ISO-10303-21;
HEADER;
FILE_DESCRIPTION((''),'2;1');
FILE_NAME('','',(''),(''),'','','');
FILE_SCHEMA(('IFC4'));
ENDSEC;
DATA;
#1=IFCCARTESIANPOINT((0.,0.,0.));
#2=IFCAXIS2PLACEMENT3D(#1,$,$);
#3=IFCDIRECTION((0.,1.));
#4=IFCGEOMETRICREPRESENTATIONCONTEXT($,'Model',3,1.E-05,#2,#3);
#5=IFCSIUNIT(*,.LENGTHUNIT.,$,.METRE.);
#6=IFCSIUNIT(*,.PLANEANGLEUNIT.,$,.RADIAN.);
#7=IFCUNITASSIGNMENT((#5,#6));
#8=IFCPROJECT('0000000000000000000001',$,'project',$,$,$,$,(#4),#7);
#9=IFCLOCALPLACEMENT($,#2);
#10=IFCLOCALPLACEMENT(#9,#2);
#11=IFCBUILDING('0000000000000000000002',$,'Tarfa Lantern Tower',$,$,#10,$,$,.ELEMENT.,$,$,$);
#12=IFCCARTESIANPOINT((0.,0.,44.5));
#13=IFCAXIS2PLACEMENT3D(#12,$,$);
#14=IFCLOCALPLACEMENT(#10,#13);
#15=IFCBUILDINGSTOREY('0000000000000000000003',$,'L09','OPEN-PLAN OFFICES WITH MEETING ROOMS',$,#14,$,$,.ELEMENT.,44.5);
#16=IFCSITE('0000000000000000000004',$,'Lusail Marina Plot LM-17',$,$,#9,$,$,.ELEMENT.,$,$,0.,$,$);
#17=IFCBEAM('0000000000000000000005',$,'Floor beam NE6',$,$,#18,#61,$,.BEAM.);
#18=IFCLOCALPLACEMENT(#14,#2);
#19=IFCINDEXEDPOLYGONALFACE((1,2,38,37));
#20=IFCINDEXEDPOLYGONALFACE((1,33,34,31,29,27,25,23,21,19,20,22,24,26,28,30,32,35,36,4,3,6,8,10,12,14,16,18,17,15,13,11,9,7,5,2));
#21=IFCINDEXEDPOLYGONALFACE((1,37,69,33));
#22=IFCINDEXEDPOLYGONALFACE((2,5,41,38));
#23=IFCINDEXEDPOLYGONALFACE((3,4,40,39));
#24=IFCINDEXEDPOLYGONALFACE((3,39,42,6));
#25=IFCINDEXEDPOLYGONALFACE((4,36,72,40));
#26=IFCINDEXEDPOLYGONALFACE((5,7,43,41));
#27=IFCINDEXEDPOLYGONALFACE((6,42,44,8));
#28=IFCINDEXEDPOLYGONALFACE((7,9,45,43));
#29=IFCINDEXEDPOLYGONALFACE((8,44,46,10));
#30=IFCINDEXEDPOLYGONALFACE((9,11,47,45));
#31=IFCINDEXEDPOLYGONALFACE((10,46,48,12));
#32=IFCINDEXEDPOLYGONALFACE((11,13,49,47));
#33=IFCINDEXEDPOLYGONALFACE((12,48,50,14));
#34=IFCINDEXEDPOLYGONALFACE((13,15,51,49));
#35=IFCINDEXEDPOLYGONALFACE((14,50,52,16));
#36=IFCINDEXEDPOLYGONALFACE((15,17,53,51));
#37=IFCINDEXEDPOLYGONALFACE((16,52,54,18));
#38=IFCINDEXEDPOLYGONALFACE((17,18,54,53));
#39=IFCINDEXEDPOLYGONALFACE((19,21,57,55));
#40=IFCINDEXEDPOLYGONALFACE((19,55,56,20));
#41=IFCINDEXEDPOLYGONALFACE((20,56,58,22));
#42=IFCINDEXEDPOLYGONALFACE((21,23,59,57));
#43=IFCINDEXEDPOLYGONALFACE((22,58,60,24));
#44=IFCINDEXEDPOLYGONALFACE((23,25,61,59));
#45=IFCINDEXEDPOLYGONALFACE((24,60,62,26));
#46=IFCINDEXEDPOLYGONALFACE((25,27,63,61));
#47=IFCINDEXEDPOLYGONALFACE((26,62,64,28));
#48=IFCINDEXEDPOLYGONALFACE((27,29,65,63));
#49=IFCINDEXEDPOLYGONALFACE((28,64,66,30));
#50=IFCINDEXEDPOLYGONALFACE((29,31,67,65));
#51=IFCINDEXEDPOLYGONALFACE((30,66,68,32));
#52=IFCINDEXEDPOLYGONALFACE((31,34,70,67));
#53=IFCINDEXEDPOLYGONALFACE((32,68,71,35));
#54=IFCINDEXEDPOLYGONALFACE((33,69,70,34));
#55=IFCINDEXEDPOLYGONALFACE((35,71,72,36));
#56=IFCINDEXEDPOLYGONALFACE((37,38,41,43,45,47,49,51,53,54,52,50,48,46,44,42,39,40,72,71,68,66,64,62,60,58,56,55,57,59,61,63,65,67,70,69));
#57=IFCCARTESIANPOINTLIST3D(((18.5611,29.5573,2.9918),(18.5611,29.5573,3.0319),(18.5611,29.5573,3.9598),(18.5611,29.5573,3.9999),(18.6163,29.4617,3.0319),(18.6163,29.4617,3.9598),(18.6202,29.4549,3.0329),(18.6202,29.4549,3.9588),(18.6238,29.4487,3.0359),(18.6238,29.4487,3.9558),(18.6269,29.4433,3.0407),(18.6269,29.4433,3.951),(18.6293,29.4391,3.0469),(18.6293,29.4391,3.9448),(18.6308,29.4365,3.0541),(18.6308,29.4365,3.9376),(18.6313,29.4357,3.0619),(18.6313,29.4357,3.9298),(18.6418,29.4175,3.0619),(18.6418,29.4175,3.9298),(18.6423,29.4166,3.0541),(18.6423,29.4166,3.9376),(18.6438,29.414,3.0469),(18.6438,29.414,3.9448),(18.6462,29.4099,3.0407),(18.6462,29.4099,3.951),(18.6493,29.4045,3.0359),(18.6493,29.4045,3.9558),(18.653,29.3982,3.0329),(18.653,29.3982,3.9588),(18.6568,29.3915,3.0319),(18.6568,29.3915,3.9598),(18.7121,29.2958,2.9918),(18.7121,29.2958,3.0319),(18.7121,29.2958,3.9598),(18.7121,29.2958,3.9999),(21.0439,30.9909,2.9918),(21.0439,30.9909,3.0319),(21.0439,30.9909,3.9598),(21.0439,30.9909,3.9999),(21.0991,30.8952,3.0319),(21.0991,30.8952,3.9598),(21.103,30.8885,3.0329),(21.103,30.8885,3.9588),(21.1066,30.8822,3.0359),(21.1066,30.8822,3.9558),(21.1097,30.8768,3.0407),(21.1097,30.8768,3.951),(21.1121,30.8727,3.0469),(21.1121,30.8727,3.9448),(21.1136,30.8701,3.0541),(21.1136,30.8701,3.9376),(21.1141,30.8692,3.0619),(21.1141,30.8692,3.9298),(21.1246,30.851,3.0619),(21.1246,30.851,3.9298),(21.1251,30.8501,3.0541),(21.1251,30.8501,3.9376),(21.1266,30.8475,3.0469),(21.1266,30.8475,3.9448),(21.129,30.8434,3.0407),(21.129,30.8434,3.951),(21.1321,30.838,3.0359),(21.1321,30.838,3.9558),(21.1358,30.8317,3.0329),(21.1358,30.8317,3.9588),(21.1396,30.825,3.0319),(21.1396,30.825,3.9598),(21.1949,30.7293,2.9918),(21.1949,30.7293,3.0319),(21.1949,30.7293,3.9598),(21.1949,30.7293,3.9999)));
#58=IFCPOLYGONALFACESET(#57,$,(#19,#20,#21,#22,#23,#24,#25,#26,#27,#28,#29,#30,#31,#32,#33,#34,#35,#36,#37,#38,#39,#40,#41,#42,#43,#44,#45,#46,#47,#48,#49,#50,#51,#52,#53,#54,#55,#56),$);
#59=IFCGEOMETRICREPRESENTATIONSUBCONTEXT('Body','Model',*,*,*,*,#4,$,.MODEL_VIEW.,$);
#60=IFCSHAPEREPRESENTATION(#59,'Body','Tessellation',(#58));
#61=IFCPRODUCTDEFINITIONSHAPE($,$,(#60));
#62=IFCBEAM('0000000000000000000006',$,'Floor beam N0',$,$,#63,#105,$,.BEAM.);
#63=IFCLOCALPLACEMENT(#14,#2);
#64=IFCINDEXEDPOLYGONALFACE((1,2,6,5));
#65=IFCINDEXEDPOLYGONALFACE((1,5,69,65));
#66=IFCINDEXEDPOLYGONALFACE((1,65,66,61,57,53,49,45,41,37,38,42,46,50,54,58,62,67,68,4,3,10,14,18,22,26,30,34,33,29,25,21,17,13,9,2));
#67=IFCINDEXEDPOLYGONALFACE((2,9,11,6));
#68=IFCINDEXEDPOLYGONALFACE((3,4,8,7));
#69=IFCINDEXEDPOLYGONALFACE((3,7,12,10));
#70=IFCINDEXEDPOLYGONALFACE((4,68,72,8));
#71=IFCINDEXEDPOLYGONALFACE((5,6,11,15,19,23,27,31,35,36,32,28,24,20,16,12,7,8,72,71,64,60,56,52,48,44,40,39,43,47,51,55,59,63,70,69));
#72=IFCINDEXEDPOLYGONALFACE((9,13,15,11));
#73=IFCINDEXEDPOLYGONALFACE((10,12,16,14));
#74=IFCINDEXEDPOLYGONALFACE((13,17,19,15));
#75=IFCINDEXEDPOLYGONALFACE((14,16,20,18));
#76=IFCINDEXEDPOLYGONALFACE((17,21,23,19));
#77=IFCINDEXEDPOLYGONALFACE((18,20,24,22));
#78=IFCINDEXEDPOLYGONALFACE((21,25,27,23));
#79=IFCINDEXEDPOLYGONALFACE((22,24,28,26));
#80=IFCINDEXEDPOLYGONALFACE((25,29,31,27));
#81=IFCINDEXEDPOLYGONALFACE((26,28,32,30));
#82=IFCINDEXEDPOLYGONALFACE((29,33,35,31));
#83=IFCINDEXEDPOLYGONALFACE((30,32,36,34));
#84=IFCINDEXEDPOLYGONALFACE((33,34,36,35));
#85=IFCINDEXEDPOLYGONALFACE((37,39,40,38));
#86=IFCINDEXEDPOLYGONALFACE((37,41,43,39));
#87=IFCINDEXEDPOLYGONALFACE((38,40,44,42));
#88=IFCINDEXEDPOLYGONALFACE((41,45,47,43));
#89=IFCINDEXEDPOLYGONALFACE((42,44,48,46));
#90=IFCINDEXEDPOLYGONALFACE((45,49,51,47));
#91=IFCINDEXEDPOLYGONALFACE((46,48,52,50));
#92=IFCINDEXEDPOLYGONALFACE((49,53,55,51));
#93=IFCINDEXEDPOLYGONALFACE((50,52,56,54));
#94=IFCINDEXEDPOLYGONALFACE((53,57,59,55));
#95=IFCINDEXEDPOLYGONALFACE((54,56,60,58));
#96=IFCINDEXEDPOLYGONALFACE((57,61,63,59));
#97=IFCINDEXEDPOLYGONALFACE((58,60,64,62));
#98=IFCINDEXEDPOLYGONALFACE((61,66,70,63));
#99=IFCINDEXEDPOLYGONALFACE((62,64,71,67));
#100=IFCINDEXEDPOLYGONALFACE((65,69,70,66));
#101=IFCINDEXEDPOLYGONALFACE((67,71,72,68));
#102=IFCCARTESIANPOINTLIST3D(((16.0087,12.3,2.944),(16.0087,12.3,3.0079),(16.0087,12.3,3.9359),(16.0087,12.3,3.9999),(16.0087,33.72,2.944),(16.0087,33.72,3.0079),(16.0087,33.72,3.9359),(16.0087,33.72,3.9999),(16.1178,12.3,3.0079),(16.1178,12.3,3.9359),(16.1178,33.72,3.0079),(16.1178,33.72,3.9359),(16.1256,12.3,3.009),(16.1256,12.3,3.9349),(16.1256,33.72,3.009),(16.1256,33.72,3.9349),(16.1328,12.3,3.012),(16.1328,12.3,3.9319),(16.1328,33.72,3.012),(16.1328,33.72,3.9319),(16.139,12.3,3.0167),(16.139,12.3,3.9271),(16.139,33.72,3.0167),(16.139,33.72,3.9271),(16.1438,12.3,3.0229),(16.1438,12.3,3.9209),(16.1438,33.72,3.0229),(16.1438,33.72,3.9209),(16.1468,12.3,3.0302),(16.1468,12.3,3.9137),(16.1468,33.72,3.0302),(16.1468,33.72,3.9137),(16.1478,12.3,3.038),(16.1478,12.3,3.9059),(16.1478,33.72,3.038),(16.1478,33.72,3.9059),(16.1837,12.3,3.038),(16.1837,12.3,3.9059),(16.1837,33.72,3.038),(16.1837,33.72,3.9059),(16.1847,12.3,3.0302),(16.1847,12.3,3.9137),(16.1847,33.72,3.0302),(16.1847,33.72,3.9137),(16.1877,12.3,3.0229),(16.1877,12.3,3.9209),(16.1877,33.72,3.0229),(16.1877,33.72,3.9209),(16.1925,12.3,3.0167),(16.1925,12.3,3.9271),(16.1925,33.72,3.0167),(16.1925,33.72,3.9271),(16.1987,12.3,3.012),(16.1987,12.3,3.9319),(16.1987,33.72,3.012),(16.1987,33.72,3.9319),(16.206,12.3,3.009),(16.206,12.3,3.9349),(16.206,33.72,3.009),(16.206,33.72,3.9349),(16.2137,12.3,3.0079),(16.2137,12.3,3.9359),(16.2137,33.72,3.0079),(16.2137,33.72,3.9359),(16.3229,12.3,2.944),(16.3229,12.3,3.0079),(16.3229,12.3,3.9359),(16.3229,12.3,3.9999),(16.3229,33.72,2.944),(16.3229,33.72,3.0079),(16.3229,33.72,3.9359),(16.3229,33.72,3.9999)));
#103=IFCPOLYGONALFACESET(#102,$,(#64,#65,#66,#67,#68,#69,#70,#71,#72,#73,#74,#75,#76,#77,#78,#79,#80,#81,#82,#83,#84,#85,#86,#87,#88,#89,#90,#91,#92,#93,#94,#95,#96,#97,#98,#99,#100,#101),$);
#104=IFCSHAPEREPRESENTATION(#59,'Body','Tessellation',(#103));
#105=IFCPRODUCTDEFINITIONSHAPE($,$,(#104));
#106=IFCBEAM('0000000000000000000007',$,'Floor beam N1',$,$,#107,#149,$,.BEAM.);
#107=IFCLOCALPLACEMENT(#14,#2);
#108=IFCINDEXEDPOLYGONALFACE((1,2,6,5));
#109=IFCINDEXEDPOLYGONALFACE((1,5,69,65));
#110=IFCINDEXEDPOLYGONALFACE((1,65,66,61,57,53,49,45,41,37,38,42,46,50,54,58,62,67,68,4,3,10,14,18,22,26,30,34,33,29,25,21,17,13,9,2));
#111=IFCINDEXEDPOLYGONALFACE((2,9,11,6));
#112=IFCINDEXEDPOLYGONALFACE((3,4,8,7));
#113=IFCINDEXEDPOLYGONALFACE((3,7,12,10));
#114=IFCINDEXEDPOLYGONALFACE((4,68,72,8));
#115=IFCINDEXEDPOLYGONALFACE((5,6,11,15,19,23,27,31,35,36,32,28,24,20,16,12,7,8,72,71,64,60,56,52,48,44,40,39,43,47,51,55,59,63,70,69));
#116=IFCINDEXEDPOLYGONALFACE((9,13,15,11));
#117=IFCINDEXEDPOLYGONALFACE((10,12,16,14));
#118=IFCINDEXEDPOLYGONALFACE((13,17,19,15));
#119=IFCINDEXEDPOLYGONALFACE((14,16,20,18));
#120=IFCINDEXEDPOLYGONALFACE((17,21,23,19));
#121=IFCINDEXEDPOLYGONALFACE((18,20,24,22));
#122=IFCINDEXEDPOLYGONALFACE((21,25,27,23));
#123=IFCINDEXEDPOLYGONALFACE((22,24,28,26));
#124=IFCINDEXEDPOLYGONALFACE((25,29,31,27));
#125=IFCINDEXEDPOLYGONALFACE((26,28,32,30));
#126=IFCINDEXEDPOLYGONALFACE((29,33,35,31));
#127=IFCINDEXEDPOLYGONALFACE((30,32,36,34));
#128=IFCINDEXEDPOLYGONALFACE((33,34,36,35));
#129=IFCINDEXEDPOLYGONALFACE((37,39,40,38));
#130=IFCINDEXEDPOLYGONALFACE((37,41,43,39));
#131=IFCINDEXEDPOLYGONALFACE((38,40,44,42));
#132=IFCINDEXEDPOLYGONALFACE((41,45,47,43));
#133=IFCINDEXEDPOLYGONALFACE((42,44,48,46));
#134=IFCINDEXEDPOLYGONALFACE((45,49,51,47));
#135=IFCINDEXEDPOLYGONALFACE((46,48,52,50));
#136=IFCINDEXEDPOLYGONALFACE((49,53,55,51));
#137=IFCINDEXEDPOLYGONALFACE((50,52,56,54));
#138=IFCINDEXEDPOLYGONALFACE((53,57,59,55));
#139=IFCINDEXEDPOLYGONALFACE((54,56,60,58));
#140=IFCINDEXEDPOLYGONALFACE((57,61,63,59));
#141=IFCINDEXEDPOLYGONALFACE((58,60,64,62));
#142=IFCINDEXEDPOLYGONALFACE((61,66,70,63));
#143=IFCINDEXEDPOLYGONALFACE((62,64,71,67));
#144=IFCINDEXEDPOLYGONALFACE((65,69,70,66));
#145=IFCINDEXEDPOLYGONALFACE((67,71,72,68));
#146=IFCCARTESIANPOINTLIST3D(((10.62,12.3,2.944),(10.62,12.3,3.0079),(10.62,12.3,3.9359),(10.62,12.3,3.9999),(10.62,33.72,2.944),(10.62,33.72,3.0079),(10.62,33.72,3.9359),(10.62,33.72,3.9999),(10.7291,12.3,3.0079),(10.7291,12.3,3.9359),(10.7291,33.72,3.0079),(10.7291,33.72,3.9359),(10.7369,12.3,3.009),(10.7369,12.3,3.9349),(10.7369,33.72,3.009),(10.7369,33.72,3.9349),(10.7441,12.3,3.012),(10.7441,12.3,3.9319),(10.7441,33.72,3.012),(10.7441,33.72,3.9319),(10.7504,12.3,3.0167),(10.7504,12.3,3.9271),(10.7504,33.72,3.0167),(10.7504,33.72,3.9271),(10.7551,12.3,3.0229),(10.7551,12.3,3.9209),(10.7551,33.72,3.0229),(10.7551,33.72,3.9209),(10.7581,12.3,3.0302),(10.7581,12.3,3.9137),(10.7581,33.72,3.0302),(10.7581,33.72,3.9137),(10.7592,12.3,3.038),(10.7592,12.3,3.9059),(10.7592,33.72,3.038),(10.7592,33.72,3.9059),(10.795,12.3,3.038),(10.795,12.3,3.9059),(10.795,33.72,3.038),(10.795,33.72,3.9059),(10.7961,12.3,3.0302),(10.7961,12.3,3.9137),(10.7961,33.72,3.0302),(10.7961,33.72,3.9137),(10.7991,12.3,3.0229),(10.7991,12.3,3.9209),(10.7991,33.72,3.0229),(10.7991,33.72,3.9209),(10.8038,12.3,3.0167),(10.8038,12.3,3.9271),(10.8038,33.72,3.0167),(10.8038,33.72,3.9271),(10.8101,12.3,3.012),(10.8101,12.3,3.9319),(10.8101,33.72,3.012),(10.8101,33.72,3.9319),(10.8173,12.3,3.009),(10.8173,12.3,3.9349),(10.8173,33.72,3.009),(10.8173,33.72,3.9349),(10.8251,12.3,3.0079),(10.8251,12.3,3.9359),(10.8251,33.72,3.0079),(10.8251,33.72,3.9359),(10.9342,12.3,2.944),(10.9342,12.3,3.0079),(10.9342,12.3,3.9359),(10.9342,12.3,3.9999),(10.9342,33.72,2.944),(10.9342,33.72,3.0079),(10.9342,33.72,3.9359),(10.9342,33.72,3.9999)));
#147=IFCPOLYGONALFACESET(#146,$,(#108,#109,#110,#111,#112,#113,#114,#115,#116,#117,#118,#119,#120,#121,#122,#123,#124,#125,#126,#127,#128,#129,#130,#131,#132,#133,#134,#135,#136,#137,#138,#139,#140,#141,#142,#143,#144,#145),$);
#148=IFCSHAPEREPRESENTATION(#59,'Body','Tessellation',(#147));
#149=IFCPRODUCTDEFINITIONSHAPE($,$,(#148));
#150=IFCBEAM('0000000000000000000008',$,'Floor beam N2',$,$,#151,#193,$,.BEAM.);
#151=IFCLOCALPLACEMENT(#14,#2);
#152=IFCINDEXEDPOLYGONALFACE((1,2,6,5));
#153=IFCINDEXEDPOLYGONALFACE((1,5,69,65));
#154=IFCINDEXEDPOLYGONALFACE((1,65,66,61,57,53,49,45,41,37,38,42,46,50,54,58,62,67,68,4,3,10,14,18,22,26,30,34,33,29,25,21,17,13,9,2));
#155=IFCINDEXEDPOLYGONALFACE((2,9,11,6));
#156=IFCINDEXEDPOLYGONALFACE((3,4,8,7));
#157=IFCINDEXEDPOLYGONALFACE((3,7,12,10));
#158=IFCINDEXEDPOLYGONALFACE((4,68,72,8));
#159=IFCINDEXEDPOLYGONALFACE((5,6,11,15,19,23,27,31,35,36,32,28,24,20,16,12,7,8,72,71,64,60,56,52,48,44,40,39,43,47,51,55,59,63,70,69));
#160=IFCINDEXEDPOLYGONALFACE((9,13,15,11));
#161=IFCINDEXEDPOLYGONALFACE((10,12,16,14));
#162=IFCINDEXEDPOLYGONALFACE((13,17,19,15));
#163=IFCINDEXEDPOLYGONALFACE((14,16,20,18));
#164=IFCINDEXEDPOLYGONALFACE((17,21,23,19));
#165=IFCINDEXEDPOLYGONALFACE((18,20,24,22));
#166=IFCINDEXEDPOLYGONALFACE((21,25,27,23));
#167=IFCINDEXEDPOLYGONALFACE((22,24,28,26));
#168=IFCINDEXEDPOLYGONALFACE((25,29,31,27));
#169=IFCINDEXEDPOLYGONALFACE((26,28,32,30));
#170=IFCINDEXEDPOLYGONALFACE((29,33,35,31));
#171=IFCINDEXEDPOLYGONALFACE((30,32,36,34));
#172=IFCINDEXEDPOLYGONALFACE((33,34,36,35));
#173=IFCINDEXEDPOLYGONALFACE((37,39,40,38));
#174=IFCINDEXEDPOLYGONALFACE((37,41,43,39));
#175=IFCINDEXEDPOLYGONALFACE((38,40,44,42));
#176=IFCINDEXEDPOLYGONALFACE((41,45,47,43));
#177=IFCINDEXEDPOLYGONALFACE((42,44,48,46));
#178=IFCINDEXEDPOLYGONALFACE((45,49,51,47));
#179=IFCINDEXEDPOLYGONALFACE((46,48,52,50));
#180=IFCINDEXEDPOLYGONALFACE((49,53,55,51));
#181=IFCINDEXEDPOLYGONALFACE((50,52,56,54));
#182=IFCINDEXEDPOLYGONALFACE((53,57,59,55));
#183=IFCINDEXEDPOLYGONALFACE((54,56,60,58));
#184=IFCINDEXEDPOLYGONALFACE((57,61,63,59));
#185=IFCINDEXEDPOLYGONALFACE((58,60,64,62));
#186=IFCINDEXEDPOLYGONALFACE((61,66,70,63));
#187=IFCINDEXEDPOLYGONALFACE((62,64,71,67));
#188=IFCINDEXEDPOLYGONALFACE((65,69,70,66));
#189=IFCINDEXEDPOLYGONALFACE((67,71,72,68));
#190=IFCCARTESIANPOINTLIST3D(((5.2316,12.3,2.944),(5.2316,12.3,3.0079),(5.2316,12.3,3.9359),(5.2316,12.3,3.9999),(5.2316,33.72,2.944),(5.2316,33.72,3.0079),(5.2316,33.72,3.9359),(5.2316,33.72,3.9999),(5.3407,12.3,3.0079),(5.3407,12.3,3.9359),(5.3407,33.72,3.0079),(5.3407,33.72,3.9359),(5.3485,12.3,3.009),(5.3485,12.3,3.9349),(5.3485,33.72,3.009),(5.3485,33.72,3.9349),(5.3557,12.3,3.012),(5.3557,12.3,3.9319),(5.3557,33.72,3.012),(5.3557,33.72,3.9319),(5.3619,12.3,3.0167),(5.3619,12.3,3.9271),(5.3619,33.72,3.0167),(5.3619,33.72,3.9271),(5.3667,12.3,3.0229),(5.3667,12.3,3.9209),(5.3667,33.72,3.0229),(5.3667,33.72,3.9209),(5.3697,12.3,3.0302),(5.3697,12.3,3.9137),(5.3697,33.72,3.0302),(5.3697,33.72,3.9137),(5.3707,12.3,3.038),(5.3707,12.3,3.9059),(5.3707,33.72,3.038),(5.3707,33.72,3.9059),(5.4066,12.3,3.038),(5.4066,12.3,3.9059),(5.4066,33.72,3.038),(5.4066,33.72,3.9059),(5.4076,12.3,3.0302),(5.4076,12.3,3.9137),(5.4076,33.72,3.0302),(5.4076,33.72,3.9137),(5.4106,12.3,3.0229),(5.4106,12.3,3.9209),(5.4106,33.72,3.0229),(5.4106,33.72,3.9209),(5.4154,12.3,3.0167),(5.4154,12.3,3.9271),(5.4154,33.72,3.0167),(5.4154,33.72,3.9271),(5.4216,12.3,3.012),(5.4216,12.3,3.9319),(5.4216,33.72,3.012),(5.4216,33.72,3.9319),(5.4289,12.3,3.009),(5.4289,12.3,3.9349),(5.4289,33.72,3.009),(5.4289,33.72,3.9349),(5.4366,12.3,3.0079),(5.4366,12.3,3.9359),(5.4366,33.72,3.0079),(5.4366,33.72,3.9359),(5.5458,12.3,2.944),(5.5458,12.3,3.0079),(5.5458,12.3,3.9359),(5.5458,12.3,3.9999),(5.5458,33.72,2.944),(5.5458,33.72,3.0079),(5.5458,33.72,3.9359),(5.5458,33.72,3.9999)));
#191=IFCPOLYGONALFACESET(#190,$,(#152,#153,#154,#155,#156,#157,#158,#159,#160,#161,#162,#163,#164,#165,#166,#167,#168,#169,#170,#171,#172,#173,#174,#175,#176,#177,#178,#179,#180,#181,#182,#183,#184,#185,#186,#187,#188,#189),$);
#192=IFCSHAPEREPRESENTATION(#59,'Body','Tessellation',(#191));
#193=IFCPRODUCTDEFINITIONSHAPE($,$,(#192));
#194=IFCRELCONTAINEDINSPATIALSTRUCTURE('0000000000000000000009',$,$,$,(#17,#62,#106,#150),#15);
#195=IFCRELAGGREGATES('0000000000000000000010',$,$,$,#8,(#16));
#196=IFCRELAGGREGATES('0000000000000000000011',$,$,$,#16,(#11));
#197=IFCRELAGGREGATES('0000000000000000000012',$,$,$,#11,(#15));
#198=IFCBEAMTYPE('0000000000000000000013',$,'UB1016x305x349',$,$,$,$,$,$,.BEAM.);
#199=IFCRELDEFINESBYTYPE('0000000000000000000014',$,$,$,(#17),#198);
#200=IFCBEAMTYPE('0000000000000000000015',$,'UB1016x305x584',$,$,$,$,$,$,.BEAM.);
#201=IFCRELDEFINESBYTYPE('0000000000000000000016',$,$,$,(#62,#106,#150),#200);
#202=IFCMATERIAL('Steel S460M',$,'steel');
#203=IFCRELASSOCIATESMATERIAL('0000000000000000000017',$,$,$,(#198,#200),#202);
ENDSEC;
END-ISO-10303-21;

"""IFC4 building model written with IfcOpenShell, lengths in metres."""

from ifc_helpers import new_model, si_unit, direction, frame, origin, origin_2d, place, context, subcontext, project, spatial, i_section, extrude, material, material_profile, profile_set, type_object, element, save


model = new_model("IFC4")

# Units and contexts
model_context = context("Model", 3, precision=1e-05, world=origin(), true_north=direction((0.0, 1.0)))
body_context = subcontext(model_context, "Body", "Model", "MODEL_VIEW")
ifc_project = project(units=[si_unit("LENGTHUNIT", "METRE"), si_unit("PLANEANGLEUNIT", "RADIAN")], contexts=[model_context])

# Site, building, storey
site_placement = place(None, origin())
site = spatial("IfcSite", under=ifc_project, at=site_placement, Name="Lusail Marina Plot LM-17", CompositionType="ELEMENT", RefElevation=0.0)
building_placement = place(site_placement, origin())
building = spatial("IfcBuilding", under=site, at=building_placement, Name="Tarfa Lantern Tower", CompositionType="ELEMENT")
storey_placement = place(building_placement, frame((0.0, 0.0, 44.5)))
storey = spatial("IfcBuildingStorey", under=building, at=storey_placement, Name="L09", Description="OPEN-PLAN OFFICES WITH MEETING ROOMS", CompositionType="ELEMENT", Elevation=44.5)

# Beams
ifc_material_1 = material(Name="Steel S460M", Category="steel")
ifc_material_profile_1 = material_profile(ifc_material_1, i_section(OverallWidth=0.302, OverallDepth=1.0081, WebThickness=0.021, FlangeThickness=0.04, FilletRadius=0.03, at=origin_2d()), Name="UB1016x305x349")
ifc_profile_set_1 = profile_set([ifc_material_profile_1], Name="Steel S460M")
beam_type_1 = type_object("IfcBeamType", Name="UB1016x305x349", PredefinedType="BEAM", material=ifc_profile_set_1)
beam_1_placement = place(storey_placement, frame((21.1194, 30.8601, 3.4958), z_axis=(-0.866013, -0.500022, 0.0), x_axis=(0.500022, -0.866013, 0.0)))
element("IfcBeam", 1, at=beam_1_placement, inside=storey, type_object=beam_type_1, Name="Floor beam NE6", PredefinedType="BEAM", context=body_context, shape_type="SweptSolid", body=[
    extrude(i_section(OverallWidth=0.302, OverallDepth=1.0081, WebThickness=0.021, FlangeThickness=0.04, FilletRadius=0.03, at=origin_2d()), origin(), (0.0, 0.0, 1.0), 2.8669),
])
ifc_material_profile_2 = material_profile(ifc_material_1, i_section(OverallWidth=0.3142, OverallDepth=1.0559, WebThickness=0.0359, FlangeThickness=0.064, FilletRadius=0.03, at=origin_2d()), Name="UB1016x305x584")
ifc_profile_set_2 = profile_set([ifc_material_profile_2], Name="Steel S460M")
beam_type_2 = type_object("IfcBeamType", Name="UB1016x305x584", PredefinedType="BEAM", material=ifc_profile_set_2)
for number, where, z_axis, x_axis, name in (
    (2, (16.1658, 33.72, 3.4719), (0.0, -1.0, 0.0), (1.0, 0.0, 0.0), "Floor beam N0"),
    (3, (10.7771, 33.72, 3.4719), (0.0, -1.0, 0.0), (1.0, 0.0, 0.0), "Floor beam N1"),
    (4, (5.3887, 33.72, 3.4719), (0.0, -1.0, 0.0), (1.0, 0.0, 0.0), "Floor beam N2"),
):
    element("IfcBeam", number, at=place(storey_placement, frame(where, z_axis=z_axis, x_axis=x_axis)), inside=storey, type_object=beam_type_2, Name=name, PredefinedType="BEAM", context=body_context, shape_type="SweptSolid", body=[
        extrude(i_section(OverallWidth=0.3142, OverallDepth=1.0559, WebThickness=0.0359, FlangeThickness=0.064, FilletRadius=0.03, at=origin_2d()), origin(), (0.0, 0.0, 1.0), 21.4199),
    ])

save(model, "model.ifc")
